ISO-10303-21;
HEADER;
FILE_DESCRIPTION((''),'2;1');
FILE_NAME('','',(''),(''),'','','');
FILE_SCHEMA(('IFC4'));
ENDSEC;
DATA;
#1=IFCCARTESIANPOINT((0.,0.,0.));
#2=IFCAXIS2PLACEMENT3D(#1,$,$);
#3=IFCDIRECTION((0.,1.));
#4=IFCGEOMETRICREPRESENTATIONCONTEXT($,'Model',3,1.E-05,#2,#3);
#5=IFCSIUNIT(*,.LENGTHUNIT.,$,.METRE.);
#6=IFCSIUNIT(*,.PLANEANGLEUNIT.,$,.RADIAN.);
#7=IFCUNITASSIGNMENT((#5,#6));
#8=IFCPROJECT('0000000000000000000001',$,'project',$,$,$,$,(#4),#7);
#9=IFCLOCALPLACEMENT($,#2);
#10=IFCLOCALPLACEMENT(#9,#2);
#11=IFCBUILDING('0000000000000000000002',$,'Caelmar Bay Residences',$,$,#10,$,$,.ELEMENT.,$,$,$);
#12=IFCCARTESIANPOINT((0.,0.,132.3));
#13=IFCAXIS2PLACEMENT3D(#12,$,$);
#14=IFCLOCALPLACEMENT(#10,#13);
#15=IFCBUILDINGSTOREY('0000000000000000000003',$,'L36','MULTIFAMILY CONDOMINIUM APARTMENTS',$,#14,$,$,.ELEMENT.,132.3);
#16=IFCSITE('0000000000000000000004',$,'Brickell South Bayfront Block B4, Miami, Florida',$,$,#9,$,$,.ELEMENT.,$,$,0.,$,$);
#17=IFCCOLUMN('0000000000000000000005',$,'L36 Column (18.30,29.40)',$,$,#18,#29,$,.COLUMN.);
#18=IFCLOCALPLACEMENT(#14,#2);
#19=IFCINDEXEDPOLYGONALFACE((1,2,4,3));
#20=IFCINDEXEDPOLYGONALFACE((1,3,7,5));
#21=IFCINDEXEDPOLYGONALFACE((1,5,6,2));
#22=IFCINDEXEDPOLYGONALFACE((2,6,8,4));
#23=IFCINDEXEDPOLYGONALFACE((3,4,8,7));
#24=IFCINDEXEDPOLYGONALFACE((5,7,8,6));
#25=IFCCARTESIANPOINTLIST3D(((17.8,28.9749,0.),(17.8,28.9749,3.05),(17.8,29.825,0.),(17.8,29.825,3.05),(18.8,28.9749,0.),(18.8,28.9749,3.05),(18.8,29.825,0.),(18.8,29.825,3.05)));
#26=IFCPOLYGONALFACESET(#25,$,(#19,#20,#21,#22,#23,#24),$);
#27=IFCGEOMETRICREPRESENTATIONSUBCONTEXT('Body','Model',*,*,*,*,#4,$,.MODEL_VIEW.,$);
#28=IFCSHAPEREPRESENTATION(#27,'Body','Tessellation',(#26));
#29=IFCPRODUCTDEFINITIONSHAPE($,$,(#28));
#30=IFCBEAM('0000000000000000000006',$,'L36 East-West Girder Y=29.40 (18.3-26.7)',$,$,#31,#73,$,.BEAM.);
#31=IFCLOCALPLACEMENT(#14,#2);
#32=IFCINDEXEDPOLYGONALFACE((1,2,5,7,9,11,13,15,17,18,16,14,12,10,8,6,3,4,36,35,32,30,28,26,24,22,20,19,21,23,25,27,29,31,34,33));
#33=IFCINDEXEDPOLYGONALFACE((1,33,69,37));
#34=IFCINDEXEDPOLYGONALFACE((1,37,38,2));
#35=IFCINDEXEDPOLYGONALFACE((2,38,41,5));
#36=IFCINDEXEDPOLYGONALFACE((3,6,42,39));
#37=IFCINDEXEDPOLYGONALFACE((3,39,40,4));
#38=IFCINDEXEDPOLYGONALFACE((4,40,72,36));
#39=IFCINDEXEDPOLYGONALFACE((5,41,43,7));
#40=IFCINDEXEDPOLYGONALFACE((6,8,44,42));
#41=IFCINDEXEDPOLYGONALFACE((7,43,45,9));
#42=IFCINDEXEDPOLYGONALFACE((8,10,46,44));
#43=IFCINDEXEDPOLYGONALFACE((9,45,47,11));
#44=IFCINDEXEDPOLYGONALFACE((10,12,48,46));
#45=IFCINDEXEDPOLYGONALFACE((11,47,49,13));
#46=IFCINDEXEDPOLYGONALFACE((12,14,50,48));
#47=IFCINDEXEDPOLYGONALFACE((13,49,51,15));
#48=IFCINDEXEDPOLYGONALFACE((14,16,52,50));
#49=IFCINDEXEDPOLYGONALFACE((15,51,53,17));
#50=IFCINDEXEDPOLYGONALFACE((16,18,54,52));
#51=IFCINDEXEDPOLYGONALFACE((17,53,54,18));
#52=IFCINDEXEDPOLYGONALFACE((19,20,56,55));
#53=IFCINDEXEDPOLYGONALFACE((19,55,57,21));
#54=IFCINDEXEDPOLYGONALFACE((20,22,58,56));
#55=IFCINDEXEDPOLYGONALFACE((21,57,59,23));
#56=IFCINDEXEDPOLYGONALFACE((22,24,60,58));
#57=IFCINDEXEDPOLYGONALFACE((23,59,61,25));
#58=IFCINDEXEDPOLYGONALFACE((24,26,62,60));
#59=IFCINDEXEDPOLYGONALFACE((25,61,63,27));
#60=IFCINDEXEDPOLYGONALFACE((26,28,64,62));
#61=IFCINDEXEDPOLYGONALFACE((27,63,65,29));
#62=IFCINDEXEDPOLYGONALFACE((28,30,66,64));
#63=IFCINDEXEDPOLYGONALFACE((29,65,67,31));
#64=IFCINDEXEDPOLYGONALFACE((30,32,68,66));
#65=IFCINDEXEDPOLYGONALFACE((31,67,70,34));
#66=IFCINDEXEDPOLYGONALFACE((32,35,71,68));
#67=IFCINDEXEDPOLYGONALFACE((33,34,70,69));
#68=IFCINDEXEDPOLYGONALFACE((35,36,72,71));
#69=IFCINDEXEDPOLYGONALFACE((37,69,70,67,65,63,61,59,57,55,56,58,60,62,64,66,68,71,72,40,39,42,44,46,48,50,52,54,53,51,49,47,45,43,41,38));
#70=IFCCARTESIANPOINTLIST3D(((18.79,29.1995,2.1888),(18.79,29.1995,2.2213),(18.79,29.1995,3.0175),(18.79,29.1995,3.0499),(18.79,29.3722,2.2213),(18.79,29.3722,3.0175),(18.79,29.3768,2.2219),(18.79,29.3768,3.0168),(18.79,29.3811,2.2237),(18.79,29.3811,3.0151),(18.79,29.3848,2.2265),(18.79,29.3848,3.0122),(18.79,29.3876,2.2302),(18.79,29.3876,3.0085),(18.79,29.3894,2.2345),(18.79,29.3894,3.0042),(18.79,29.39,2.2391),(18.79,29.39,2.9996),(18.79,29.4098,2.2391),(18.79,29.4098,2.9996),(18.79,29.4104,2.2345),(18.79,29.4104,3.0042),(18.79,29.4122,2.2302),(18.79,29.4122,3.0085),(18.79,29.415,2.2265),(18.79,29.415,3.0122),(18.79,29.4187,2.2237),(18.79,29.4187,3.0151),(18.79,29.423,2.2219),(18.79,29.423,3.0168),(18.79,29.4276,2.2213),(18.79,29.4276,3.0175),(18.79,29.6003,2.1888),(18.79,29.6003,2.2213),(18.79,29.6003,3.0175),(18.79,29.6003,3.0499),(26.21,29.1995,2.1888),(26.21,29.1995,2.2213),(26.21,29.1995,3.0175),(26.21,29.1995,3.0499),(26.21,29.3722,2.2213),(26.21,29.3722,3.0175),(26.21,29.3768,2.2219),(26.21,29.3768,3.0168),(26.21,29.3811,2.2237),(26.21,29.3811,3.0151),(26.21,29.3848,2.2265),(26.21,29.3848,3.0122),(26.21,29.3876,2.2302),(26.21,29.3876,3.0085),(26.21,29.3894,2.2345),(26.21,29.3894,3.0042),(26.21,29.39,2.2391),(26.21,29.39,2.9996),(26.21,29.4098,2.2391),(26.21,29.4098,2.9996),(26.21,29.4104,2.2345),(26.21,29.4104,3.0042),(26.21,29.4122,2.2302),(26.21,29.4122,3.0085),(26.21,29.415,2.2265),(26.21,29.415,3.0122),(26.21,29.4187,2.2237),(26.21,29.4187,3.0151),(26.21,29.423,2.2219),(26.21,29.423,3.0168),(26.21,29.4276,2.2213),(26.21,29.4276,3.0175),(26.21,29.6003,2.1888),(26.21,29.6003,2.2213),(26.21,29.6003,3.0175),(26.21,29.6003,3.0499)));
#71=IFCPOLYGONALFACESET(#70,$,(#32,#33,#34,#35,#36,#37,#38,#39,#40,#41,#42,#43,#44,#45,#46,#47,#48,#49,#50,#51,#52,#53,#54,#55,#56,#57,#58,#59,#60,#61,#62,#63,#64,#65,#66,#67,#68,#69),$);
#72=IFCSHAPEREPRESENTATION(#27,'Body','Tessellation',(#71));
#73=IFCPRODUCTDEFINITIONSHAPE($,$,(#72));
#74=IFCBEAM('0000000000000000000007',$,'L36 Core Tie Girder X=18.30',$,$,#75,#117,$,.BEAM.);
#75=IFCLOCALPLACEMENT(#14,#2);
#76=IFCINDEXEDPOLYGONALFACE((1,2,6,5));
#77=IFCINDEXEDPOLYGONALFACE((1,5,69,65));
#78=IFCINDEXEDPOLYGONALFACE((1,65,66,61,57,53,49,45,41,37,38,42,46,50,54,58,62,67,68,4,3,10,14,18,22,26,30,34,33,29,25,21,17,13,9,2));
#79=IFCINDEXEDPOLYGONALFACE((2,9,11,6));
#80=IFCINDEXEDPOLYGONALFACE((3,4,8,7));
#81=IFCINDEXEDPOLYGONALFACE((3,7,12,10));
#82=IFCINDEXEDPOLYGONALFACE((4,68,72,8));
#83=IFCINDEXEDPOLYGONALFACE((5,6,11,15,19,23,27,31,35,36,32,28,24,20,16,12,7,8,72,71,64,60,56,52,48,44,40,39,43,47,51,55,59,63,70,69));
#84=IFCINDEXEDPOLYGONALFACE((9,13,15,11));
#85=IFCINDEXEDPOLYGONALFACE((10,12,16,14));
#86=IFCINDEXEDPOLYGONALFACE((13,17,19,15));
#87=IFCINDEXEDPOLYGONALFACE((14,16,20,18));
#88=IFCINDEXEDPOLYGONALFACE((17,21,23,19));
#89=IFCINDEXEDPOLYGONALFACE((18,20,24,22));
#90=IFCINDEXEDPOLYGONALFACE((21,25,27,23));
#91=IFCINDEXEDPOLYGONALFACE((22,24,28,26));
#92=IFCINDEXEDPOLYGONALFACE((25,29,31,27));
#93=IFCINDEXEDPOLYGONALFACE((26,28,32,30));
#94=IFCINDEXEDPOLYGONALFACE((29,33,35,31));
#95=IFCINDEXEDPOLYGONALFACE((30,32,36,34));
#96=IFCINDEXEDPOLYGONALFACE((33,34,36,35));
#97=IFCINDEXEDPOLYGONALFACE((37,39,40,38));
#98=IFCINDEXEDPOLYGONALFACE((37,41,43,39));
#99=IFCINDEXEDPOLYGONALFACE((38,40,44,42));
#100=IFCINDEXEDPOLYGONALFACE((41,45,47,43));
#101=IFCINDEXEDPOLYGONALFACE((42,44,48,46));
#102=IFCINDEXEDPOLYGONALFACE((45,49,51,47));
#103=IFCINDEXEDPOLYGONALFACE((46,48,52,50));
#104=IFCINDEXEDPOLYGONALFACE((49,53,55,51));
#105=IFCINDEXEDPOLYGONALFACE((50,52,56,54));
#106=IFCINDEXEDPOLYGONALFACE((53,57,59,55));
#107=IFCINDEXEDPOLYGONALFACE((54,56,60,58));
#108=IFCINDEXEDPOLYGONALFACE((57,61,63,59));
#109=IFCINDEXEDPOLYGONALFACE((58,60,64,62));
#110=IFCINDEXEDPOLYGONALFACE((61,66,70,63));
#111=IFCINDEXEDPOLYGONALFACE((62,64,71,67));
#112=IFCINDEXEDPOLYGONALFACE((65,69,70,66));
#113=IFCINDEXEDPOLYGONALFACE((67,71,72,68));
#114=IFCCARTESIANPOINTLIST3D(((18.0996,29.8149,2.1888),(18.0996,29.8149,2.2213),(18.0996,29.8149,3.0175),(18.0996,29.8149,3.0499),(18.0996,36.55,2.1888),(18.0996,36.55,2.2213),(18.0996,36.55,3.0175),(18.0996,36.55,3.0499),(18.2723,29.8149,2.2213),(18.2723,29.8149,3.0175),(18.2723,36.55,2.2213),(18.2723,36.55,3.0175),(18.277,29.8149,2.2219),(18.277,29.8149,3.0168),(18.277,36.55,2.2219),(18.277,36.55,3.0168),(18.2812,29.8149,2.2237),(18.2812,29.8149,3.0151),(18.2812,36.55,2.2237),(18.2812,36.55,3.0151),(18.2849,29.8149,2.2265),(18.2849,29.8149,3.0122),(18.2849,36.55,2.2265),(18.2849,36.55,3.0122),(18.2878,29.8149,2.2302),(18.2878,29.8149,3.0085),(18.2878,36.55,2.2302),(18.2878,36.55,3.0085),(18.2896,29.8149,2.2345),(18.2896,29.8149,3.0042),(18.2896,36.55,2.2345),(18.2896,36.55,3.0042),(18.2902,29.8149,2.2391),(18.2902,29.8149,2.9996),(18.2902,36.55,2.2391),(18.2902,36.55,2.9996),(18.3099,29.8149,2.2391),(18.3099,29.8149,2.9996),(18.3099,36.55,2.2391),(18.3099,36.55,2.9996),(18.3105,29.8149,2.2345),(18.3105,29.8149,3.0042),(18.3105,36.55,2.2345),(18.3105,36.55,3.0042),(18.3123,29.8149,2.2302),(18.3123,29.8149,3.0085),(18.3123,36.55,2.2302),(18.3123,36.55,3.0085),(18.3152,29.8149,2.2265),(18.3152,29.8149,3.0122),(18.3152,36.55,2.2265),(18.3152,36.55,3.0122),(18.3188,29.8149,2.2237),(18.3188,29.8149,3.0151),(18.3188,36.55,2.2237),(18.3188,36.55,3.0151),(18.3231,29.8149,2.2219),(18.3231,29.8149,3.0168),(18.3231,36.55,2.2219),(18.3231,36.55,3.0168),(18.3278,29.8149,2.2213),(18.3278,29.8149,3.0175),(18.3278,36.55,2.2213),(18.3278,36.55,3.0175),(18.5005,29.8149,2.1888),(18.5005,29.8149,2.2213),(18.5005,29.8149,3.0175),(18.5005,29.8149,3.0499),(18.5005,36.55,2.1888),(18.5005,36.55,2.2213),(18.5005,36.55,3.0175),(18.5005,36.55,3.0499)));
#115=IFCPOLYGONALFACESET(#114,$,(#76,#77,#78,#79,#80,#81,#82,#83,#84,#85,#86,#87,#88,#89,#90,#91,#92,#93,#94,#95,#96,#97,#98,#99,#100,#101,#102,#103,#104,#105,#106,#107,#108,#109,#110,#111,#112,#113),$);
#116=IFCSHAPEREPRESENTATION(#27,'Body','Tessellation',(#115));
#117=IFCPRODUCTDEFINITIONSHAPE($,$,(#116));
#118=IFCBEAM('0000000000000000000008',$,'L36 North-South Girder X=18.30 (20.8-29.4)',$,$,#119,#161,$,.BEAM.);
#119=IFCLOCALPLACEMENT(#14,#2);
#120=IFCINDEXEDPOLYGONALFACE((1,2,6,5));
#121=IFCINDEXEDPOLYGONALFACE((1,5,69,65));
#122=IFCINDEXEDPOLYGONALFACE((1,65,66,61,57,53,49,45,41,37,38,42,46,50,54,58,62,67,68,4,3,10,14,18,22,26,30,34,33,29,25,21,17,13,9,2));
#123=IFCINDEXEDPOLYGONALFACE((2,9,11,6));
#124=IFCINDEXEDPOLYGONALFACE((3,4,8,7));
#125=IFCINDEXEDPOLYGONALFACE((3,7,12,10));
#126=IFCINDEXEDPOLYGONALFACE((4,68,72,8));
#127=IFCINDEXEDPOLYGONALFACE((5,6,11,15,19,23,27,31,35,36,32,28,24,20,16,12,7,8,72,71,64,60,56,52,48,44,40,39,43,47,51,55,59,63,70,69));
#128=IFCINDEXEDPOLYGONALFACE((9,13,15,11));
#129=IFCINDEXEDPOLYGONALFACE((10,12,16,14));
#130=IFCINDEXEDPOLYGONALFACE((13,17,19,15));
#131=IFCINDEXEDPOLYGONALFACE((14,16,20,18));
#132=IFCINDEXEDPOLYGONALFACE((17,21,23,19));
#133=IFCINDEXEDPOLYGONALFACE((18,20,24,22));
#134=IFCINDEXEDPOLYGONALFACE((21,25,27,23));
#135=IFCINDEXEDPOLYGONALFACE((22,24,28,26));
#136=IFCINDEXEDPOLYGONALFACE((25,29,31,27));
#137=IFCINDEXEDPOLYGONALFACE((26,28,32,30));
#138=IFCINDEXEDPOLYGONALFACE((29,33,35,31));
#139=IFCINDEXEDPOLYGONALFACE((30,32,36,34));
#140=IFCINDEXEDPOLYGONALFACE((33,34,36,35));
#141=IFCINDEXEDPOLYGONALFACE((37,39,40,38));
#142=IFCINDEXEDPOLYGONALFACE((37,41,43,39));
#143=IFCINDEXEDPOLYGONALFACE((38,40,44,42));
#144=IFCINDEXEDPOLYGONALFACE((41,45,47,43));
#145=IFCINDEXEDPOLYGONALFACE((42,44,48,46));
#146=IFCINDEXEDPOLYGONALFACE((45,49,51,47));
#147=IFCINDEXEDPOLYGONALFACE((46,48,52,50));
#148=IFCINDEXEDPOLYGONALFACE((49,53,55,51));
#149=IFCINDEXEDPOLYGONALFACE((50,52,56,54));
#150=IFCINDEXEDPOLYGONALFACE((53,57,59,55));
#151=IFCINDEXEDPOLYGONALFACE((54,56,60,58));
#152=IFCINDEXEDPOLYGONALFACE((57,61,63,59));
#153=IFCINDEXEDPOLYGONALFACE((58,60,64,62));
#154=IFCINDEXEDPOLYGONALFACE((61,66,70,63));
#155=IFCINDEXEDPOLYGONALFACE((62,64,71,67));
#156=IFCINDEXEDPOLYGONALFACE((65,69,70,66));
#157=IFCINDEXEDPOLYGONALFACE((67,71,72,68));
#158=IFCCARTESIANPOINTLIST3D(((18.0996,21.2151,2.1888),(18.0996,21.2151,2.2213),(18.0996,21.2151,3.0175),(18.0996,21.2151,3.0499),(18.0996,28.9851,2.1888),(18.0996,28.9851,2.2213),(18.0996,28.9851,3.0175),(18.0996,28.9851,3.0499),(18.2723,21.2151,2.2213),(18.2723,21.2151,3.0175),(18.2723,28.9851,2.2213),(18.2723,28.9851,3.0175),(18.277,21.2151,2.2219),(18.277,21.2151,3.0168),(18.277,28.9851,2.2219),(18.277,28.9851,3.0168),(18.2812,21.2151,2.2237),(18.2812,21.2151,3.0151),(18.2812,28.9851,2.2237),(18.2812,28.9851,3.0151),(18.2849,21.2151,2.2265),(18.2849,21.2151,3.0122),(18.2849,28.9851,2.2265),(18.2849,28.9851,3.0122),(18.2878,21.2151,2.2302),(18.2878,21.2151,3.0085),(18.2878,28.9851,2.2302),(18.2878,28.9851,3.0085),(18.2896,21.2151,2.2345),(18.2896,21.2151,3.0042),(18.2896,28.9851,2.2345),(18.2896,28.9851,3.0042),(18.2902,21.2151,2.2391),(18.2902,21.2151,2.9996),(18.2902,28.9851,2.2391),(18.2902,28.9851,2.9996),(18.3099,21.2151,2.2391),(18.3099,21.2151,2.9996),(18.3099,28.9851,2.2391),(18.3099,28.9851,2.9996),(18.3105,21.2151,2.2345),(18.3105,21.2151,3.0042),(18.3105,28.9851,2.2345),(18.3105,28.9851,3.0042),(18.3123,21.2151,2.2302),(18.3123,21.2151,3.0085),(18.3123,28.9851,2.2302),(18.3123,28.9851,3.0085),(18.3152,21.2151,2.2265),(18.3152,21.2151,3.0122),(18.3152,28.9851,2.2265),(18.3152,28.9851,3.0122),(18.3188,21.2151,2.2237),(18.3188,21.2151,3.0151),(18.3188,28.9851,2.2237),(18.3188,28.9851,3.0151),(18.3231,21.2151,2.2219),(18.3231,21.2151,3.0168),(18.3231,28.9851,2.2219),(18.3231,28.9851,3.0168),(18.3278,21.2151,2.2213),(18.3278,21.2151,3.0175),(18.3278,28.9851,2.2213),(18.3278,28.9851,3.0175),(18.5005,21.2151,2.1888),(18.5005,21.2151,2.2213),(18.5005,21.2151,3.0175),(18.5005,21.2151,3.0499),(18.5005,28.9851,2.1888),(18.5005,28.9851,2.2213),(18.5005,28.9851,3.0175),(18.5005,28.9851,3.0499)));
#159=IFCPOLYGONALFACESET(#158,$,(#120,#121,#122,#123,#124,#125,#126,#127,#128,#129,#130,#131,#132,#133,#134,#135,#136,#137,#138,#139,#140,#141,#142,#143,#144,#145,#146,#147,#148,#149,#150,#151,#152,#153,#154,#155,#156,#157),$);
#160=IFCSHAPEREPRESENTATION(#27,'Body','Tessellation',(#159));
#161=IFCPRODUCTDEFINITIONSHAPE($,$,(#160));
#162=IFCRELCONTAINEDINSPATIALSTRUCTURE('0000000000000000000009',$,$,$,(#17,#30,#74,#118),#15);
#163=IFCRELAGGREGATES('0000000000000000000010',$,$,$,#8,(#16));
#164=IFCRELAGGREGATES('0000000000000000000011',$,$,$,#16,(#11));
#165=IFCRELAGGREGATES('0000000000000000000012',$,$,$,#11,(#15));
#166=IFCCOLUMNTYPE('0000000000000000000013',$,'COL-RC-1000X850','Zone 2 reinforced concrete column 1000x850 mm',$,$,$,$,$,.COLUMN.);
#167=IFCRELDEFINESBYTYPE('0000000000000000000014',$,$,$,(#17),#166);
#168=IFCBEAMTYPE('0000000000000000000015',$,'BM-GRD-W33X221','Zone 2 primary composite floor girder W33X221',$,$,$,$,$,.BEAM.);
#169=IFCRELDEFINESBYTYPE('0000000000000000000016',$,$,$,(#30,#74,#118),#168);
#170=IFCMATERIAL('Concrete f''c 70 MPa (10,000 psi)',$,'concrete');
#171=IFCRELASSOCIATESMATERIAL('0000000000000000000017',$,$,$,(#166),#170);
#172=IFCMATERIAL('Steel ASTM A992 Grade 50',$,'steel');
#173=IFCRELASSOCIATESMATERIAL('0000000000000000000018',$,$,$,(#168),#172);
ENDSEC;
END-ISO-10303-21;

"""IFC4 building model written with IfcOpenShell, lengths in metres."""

from ifc_helpers import new_model, si_unit, direction, frame, origin, origin_2d, place, context, subcontext, project, spatial, rectangle, i_section, extrude, material, material_profile, profile_set, type_object, element, save


model = new_model("IFC4")

# Units and contexts
model_context = context("Model", 3, precision=1e-05, world=origin(), true_north=direction((0.0, 1.0)))
body_context = subcontext(model_context, "Body", "Model", "MODEL_VIEW")
ifc_project = project(units=[si_unit("LENGTHUNIT", "METRE"), si_unit("PLANEANGLEUNIT", "RADIAN")], contexts=[model_context])

# Site, building, storey
site_placement = place(None, origin())
site = spatial("IfcSite", under=ifc_project, at=site_placement, Name="Brickell South Bayfront Block B4, Miami, Florida", CompositionType="ELEMENT", RefElevation=0.0)
building_placement = place(site_placement, origin())
building = spatial("IfcBuilding", under=site, at=building_placement, Name="Caelmar Bay Residences", CompositionType="ELEMENT")
storey_placement = place(building_placement, frame((0.0, 0.0, 132.3)))
storey = spatial("IfcBuildingStorey", under=building, at=storey_placement, Name="L36", Description="MULTIFAMILY CONDOMINIUM APARTMENTS", CompositionType="ELEMENT", Elevation=132.3)

# Column
ifc_material_1 = material(Name="Concrete f'c 70 MPa (10,000 psi)", Category="concrete")
ifc_material_profile_1 = material_profile(ifc_material_1, rectangle(XDim=1.0, YDim=0.8501, at=origin_2d()), Name="RC-COL-1000X850")
ifc_profile_set_1 = profile_set([ifc_material_profile_1], Name="Concrete f'c 70 MPa (10,000 psi)")
column_type = type_object("IfcColumnType", Name="COL-RC-1000X850", Description="Zone 2 reinforced concrete column 1000x850 mm", PredefinedType="COLUMN", material=ifc_profile_set_1)
column_placement = place(storey_placement, frame((18.3, 29.3999, 0.0), z_axis=(0.0, 0.0, 1.0), x_axis=(1.0, 0.0, 0.0)))
element("IfcColumn", 1, at=column_placement, inside=storey, type_object=column_type, Name="L36 Column (18.30,29.40)", PredefinedType="COLUMN", context=body_context, shape_type="SweptSolid", body=[
    extrude(rectangle(XDim=1.0, YDim=0.8501, at=origin_2d()), origin(), (0.0, 0.0, 1.0), 3.05),
])

# Beams
ifc_material_2 = material(Name="Steel ASTM A992 Grade 50", Category="steel")
ifc_material_profile_2 = material_profile(ifc_material_2, i_section(OverallWidth=0.4009, OverallDepth=0.8611, WebThickness=0.0198, FlangeThickness=0.0325, FilletRadius=0.0178, at=origin_2d()), Name="W33X221")
ifc_profile_set_2 = profile_set([ifc_material_profile_2], Name="Steel ASTM A992 Grade 50")
beam_type_1 = type_object("IfcBeamType", Name="BM-GRD-W33X221", Description="Zone 2 primary composite floor girder W33X221", PredefinedType="BEAM", material=ifc_profile_set_2)
beam_1_placement = place(storey_placement, frame((18.79, 29.3999, 2.6194), z_axis=(1.0, 0.0, 0.0), x_axis=(0.0, 1.0, 0.0)))
element("IfcBeam", 2, at=beam_1_placement, inside=storey, type_object=beam_type_1, Name="L36 East-West Girder Y=29.40 (18.3-26.7)", PredefinedType="BEAM", context=body_context, shape_type="SweptSolid", body=[
    extrude(i_section(OverallWidth=0.4009, OverallDepth=0.8611, WebThickness=0.0198, FlangeThickness=0.0325, FilletRadius=0.0178, at=origin_2d()), origin(), (0.0, 0.0, 1.0), 7.4199),
])
beam_2_placement = place(storey_placement, frame((18.3, 29.8149, 2.6194), z_axis=(0.0, 1.0, 0.0), x_axis=(-1.0, 0.0, 0.0)))
element("IfcBeam", 3, at=beam_2_placement, inside=storey, type_object=beam_type_1, Name="L36 Core Tie Girder X=18.30", PredefinedType="BEAM", context=body_context, shape_type="SweptSolid", body=[
    extrude(i_section(OverallWidth=0.4009, OverallDepth=0.8611, WebThickness=0.0198, FlangeThickness=0.0325, FilletRadius=0.0178, at=origin_2d()), origin(), (0.0, 0.0, 1.0), 6.7351),
])
beam_3_placement = place(storey_placement, frame((18.3, 21.2151, 2.6194), z_axis=(0.0, 1.0, 0.0), x_axis=(-1.0, 0.0, 0.0)))
element("IfcBeam", 4, at=beam_3_placement, inside=storey, type_object=beam_type_1, Name="L36 North-South Girder X=18.30 (20.8-29.4)", PredefinedType="BEAM", context=body_context, shape_type="SweptSolid", body=[
    extrude(i_section(OverallWidth=0.4009, OverallDepth=0.8611, WebThickness=0.0198, FlangeThickness=0.0325, FilletRadius=0.0178, at=origin_2d()), origin(), (0.0, 0.0, 1.0), 7.77),
])

save(model, "model.ifc")
